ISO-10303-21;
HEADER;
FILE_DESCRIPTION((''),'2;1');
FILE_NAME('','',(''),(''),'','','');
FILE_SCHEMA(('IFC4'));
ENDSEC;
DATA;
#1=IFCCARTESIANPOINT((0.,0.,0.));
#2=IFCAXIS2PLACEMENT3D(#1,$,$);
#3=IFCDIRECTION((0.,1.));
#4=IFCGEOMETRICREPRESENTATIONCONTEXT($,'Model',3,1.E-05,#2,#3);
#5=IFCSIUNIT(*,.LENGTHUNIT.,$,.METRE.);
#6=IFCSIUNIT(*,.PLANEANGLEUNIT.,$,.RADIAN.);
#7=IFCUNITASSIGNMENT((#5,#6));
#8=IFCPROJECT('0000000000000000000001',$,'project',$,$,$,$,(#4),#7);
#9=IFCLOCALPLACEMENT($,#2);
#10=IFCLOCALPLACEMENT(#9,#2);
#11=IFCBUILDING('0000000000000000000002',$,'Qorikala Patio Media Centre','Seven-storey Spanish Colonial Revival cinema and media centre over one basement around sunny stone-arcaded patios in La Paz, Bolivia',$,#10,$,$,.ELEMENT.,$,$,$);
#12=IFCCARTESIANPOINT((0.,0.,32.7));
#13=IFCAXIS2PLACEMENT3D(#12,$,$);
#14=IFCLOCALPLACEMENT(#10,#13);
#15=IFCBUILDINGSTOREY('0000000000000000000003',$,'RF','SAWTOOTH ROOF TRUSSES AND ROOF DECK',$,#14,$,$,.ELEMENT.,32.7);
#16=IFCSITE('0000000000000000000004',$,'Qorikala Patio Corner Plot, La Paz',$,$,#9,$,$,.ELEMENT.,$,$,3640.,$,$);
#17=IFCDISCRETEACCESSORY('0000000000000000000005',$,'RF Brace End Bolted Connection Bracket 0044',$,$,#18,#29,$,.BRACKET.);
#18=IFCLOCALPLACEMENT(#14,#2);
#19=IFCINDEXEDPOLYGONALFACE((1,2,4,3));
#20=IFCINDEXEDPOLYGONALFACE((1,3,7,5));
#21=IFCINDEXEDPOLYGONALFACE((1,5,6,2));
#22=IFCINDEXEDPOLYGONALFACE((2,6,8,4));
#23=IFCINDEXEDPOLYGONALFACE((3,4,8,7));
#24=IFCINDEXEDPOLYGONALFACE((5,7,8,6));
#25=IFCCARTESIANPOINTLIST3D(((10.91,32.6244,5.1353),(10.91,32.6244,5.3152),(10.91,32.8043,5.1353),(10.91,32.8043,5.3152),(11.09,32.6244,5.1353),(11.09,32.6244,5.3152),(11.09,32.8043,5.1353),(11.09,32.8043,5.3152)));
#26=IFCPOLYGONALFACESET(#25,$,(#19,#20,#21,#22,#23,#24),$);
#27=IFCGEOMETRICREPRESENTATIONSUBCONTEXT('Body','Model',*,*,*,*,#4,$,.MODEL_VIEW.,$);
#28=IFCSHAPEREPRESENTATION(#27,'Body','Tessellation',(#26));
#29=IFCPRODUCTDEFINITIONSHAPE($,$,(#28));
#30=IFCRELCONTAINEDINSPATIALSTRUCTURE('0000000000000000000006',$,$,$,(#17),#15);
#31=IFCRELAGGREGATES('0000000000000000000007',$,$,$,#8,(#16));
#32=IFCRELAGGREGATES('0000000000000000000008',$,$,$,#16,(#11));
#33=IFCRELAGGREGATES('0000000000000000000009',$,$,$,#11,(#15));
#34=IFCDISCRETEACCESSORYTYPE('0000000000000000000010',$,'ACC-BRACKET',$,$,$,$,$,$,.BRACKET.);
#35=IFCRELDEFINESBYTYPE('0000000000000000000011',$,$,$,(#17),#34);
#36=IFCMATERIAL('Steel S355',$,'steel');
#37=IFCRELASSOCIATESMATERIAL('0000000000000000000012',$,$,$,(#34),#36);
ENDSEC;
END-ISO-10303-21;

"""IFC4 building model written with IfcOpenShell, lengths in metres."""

from ifc_helpers import new_model, si_unit, direction, frame, origin, origin_2d, place, context, subcontext, project, spatial, rectangle, extrude, material, type_object, element, save


model = new_model("IFC4")

# Units and contexts
model_context = context("Model", 3, precision=1e-05, world=origin(), true_north=direction((0.0, 1.0)))
body_context = subcontext(model_context, "Body", "Model", "MODEL_VIEW")
ifc_project = project(units=[si_unit("LENGTHUNIT", "METRE"), si_unit("PLANEANGLEUNIT", "RADIAN")], contexts=[model_context])

# Site, building, storey
site_placement = place(None, origin())
site = spatial("IfcSite", under=ifc_project, at=site_placement, Name="Qorikala Patio Corner Plot, La Paz", CompositionType="ELEMENT", RefElevation=3640.0)
building_placement = place(site_placement, origin())
building = spatial("IfcBuilding", under=site, at=building_placement, Name="Qorikala Patio Media Centre", Description="Seven-storey Spanish Colonial Revival cinema and media centre over one basement around sunny stone-arcaded patios in La Paz, Bolivia", CompositionType="ELEMENT")
storey_placement = place(building_placement, frame((0.0, 0.0, 32.7)))
storey = spatial("IfcBuildingStorey", under=building, at=storey_placement, Name="RF", Description="SAWTOOTH ROOF TRUSSES AND ROOF DECK", CompositionType="ELEMENT", Elevation=32.7)

# Shared definitions
ifc_material_1 = material(Name="Steel S355", Category="steel")

# Discrete accessory
discrete_accessory_type = type_object("IfcDiscreteAccessoryType", Name="ACC-BRACKET", PredefinedType="BRACKET", material=ifc_material_1)
for number, where, z_axis, x_axis, name in (
    (1, (11.0, 32.7144, 5.1353), (0.0, 0.0, 1.0), (1.0, 0.0, 0.0), "RF Brace End Bolted Connection Bracket 0044"),
):
    element("IfcDiscreteAccessory", number, at=place(storey_placement, frame(where, z_axis=z_axis, x_axis=x_axis)), inside=storey, type_object=discrete_accessory_type, Name=name, PredefinedType="BRACKET", context=body_context, shape_type="SweptSolid", body=[
        extrude(rectangle(XDim=0.1799, YDim=0.1799, at=origin_2d()), origin(), (0.0, 0.0, 1.0), 0.1799),
    ])

save(model, "model.ifc")
